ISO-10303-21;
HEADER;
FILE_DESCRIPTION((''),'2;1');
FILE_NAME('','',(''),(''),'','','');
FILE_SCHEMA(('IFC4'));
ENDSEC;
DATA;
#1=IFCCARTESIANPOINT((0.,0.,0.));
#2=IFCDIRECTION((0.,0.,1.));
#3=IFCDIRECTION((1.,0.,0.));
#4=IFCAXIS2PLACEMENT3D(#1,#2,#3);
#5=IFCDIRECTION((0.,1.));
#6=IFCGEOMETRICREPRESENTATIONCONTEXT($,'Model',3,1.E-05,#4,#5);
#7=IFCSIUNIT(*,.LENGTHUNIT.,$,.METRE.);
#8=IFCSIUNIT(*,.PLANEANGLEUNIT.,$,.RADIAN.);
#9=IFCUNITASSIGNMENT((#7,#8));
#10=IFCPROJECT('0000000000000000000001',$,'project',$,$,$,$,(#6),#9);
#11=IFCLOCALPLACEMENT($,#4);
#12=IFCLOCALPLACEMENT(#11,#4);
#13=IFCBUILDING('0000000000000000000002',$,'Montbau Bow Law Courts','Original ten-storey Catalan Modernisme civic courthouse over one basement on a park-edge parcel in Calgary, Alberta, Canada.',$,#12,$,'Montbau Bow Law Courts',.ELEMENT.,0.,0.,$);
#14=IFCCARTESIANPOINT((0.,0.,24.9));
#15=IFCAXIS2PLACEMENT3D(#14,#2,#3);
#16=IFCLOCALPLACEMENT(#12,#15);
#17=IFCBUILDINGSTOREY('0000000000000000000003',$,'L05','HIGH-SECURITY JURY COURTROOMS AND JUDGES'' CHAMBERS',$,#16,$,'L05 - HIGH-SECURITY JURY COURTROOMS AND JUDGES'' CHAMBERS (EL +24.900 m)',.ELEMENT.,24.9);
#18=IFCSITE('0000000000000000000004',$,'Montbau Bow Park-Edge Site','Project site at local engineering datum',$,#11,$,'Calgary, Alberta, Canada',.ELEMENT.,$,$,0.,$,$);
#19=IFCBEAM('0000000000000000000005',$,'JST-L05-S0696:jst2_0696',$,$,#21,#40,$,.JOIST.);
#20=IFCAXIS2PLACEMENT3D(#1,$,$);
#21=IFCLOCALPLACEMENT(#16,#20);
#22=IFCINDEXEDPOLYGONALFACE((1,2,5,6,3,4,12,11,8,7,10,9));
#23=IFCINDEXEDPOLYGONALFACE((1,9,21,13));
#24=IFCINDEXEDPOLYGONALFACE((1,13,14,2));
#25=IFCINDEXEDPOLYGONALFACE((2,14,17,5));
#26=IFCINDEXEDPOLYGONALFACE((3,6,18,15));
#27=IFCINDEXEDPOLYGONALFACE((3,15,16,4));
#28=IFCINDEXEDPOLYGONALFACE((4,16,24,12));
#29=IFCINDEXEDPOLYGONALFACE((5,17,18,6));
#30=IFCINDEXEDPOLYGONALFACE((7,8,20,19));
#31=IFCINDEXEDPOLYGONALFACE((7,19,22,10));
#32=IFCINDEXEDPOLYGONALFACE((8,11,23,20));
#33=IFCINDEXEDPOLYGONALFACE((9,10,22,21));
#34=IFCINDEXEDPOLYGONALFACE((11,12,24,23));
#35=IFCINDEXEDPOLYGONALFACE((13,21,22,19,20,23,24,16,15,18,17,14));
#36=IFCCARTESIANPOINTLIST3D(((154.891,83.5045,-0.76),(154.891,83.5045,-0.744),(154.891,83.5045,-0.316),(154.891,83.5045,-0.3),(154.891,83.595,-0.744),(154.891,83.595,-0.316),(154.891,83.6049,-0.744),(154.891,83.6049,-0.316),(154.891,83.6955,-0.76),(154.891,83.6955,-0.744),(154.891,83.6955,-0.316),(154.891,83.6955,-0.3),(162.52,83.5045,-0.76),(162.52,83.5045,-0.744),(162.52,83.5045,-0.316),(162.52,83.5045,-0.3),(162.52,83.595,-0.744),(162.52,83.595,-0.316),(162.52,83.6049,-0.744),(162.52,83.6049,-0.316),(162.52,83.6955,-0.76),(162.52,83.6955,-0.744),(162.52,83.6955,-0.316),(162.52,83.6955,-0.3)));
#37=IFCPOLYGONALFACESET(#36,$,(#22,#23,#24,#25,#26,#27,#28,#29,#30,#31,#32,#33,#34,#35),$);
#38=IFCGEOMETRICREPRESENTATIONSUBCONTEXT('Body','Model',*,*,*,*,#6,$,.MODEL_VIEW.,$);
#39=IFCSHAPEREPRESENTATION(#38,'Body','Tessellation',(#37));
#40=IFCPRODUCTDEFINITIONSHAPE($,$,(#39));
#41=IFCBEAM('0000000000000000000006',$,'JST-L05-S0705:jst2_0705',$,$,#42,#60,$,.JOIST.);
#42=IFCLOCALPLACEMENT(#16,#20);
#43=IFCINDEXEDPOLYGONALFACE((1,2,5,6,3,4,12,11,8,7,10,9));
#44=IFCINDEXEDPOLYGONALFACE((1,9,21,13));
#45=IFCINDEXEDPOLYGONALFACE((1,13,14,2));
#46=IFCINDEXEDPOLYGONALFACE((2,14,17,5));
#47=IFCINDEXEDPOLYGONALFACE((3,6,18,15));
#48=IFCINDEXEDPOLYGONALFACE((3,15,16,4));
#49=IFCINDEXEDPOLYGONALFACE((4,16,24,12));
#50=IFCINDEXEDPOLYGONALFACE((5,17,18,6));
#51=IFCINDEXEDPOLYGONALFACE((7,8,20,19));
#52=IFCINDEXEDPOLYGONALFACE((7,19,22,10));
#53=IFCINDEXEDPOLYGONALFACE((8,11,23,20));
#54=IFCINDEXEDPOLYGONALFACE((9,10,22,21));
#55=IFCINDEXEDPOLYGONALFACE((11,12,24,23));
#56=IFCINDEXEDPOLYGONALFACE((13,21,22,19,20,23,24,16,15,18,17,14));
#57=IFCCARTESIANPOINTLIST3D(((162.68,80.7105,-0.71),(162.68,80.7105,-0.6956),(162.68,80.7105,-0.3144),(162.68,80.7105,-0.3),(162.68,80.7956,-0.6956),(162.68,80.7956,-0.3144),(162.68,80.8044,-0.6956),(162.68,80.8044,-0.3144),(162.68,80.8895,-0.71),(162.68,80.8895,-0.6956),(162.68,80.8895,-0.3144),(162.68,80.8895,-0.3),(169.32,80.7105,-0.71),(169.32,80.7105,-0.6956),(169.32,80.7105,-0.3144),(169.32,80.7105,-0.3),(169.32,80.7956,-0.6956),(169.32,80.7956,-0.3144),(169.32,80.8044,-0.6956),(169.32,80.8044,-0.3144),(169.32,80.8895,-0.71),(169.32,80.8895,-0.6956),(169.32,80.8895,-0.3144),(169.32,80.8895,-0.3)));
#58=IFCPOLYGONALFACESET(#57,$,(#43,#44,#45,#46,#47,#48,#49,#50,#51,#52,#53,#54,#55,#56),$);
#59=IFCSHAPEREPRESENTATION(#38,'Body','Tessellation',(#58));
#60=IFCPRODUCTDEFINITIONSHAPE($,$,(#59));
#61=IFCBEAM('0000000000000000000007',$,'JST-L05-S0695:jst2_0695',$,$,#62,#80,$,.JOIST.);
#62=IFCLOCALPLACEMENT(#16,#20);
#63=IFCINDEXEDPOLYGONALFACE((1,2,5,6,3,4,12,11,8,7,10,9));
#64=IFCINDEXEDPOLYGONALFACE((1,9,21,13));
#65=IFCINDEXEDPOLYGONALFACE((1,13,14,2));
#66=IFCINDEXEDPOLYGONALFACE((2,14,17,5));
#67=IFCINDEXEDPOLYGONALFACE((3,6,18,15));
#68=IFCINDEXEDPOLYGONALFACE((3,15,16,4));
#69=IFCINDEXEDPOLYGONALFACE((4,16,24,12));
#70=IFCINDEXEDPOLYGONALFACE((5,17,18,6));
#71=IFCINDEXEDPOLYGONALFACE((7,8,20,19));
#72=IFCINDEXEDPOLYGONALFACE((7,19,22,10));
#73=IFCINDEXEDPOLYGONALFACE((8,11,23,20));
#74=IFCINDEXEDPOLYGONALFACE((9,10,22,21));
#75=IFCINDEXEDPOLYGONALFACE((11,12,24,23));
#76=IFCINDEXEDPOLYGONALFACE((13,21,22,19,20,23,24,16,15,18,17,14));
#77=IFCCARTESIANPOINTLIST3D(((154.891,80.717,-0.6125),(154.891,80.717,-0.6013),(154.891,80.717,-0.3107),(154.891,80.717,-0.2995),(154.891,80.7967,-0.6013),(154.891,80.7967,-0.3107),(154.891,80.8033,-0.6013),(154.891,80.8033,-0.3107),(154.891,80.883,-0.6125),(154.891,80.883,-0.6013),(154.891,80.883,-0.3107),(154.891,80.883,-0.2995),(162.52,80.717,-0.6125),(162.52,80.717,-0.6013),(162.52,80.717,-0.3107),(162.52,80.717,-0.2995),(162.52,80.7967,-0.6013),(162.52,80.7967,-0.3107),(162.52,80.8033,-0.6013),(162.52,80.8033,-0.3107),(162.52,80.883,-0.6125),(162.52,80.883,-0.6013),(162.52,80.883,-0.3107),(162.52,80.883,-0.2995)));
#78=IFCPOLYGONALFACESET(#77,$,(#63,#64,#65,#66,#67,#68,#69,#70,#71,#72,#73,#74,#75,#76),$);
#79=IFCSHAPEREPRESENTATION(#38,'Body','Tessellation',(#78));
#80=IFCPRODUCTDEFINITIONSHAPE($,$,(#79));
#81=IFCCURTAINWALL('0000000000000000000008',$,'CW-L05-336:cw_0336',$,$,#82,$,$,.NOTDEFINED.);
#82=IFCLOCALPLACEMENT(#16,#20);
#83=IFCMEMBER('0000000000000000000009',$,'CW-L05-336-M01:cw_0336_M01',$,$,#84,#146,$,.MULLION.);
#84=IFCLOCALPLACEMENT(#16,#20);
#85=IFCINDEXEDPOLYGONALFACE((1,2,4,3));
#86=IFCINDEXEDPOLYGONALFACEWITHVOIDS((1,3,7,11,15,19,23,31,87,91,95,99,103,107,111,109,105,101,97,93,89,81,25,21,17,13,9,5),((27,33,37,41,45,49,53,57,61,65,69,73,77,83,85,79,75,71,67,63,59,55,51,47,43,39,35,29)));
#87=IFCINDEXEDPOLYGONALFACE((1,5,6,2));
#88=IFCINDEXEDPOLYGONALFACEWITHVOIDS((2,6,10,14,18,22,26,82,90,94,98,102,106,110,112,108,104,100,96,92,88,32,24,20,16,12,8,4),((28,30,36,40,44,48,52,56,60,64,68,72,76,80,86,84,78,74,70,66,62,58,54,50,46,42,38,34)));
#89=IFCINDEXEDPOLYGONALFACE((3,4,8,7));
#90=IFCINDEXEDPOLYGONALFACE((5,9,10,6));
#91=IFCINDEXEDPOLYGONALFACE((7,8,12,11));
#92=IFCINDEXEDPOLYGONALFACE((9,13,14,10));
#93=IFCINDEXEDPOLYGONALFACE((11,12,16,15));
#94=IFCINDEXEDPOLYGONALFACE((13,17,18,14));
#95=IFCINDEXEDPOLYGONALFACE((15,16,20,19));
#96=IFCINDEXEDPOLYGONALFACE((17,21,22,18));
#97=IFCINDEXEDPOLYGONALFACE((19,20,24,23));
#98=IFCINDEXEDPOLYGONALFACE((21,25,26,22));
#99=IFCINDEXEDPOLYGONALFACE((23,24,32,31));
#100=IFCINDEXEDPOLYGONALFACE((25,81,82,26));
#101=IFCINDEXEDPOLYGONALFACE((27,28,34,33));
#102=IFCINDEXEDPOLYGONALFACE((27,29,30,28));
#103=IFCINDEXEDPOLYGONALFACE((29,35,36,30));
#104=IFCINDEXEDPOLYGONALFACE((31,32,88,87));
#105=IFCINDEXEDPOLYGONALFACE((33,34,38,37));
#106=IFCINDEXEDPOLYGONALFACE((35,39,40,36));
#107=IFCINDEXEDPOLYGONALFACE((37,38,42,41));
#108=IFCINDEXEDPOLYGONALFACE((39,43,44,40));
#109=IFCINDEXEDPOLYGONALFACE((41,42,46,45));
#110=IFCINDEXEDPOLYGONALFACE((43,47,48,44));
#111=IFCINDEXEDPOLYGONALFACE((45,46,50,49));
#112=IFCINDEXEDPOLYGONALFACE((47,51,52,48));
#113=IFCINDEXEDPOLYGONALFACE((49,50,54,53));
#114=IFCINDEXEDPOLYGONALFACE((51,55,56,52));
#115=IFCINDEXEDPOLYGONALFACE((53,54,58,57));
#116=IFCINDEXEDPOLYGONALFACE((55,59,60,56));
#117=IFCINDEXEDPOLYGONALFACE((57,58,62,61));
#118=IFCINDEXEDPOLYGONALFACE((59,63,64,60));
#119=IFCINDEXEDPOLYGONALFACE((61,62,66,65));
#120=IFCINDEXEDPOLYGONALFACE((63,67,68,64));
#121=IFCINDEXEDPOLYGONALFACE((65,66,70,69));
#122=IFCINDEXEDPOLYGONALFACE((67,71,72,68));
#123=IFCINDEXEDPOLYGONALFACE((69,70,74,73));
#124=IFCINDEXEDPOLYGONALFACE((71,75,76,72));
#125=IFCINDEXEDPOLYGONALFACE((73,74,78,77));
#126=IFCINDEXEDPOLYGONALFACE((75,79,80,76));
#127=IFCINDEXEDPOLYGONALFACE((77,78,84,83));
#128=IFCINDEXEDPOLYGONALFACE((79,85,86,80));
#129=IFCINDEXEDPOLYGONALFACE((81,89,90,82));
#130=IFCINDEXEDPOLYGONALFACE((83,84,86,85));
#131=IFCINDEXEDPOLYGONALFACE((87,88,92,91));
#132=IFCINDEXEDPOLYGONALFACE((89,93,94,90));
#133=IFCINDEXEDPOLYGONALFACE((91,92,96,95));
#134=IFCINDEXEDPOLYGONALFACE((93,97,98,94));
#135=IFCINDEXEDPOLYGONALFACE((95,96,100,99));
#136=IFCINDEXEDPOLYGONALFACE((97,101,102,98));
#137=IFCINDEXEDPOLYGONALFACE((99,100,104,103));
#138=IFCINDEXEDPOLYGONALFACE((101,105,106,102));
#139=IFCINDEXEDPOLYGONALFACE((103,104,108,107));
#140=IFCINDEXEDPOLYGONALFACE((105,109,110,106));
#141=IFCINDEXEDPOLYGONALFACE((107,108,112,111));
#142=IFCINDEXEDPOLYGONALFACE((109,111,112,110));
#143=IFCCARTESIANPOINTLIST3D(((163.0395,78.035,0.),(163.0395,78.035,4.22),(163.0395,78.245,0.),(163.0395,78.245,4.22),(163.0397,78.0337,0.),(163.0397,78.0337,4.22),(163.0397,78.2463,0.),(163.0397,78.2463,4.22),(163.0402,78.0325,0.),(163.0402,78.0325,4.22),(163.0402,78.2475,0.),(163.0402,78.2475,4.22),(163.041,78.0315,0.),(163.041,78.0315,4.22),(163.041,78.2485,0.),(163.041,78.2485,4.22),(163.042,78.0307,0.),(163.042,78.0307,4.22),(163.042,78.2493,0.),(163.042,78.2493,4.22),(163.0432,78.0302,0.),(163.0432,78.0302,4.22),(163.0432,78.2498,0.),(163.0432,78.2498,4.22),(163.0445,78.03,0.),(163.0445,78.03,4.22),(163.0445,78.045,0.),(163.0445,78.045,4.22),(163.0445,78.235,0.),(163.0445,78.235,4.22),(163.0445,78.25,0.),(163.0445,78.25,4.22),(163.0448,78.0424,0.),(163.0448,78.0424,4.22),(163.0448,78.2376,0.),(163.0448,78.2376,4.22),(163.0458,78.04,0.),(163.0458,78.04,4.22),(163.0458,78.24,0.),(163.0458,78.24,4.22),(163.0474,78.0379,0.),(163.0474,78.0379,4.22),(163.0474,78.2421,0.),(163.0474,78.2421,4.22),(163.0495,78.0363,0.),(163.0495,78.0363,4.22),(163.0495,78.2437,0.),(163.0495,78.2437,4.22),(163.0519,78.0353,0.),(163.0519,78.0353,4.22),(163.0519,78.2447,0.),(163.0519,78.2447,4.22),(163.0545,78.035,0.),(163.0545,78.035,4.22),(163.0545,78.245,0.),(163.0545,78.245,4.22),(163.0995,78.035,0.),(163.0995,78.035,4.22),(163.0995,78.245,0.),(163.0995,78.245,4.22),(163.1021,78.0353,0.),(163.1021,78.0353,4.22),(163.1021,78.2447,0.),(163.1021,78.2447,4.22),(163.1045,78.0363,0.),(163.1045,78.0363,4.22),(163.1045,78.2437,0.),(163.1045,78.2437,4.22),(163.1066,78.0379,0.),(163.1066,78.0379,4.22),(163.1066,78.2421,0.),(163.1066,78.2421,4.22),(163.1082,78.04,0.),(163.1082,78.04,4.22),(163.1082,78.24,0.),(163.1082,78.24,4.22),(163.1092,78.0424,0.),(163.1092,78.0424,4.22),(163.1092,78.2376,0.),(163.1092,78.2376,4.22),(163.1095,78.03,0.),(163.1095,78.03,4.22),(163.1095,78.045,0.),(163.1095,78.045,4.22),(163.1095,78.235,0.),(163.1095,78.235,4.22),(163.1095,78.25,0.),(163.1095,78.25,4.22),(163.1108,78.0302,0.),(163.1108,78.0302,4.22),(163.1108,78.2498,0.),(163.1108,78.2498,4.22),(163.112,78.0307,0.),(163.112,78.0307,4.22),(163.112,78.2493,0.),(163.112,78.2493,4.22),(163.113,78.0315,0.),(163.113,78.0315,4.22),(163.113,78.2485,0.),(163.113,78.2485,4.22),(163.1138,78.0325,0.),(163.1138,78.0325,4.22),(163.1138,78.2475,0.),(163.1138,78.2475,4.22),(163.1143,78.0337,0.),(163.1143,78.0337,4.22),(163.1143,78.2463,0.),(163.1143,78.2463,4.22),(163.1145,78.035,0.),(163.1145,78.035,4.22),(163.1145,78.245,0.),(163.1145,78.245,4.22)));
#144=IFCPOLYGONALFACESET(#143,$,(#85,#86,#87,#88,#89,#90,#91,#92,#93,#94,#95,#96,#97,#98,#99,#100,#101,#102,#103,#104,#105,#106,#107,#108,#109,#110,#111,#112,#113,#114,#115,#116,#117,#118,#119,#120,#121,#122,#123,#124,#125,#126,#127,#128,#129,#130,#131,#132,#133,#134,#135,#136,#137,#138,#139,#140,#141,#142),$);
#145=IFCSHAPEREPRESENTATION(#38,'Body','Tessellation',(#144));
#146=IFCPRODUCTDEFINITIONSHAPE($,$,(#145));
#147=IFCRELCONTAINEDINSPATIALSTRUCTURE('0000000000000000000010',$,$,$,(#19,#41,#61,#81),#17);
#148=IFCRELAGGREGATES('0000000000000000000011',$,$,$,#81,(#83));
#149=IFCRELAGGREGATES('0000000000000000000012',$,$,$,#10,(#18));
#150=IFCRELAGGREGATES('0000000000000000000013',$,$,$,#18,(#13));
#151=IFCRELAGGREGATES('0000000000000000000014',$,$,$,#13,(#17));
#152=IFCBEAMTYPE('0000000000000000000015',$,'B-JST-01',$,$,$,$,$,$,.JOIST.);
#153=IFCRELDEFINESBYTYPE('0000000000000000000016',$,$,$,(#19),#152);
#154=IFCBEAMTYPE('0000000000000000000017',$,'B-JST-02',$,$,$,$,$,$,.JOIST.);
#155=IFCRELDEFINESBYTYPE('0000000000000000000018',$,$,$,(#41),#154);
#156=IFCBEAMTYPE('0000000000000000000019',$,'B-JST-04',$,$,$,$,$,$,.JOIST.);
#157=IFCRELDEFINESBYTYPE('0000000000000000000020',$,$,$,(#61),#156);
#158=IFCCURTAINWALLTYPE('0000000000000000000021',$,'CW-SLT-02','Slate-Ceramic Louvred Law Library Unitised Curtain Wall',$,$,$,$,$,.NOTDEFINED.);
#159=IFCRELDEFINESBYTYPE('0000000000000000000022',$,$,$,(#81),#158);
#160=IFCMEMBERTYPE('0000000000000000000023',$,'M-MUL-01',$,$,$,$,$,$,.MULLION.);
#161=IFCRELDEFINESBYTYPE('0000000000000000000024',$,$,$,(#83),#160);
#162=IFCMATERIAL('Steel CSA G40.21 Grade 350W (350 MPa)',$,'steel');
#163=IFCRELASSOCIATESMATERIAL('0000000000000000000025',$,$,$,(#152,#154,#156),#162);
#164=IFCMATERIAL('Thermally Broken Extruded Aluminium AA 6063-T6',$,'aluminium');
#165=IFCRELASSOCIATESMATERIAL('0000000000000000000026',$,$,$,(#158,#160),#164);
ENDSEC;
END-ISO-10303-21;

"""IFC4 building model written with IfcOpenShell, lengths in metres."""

from ifc_helpers import new_model, si_unit, direction, frame, origin_with_axes, origin_2d_with_axis, place, context, subcontext, project, spatial, hollow_rectangle, i_section, extrude, material, material_profile, profile_set, type_object, element, aggregate, save


model = new_model("IFC4")

# Units and contexts
model_context = context("Model", 3, precision=1e-05, world=origin_with_axes(), true_north=direction((0.0, 1.0)))
body_context = subcontext(model_context, "Body", "Model", "MODEL_VIEW")
ifc_project = project(units=[si_unit("LENGTHUNIT", "METRE"), si_unit("PLANEANGLEUNIT", "RADIAN")], contexts=[model_context])

# Site, building, storey
site_placement = place(None, origin_with_axes())
site = spatial("IfcSite", under=ifc_project, at=site_placement, Name="Montbau Bow Park-Edge Site", Description="Project site at local engineering datum", LongName="Calgary, Alberta, Canada", CompositionType="ELEMENT", RefElevation=0.0)
building_placement = place(site_placement, origin_with_axes())
building = spatial("IfcBuilding", under=site, at=building_placement, Name="Montbau Bow Law Courts", Description="Original ten-storey Catalan Modernisme civic courthouse over one basement on a park-edge parcel in Calgary, Alberta, Canada.", LongName="Montbau Bow Law Courts", CompositionType="ELEMENT", ElevationOfRefHeight=0.0, ElevationOfTerrain=0.0)
storey_placement = place(building_placement, frame((0.0, 0.0, 24.9), z_axis=(0.0, 0.0, 1.0), x_axis=(1.0, 0.0, 0.0)))
storey = spatial("IfcBuildingStorey", under=building, at=storey_placement, Name="L05", Description="HIGH-SECURITY JURY COURTROOMS AND JUDGES' CHAMBERS", LongName="L05 - HIGH-SECURITY JURY COURTROOMS AND JUDGES' CHAMBERS (EL +24.900 m)", CompositionType="ELEMENT", Elevation=24.9)

# Beams
ifc_material_1 = material(Name="Steel CSA G40.21 Grade 350W (350 MPa)", Category="steel")
ifc_material_profile_1 = material_profile(ifc_material_1, i_section(OverallWidth=0.191, OverallDepth=0.46, WebThickness=0.0099, FlangeThickness=0.016, at=origin_2d_with_axis()), Name="W460X82", Category="Main", Priority=0)
ifc_profile_set_1 = profile_set([ifc_material_profile_1], Name="Steel CSA G40.21 Grade 350W (350 MPa)")
beam_type_1 = type_object("IfcBeamType", Name="B-JST-01", PredefinedType="JOIST", material=ifc_profile_set_1)
beam_1_placement = place(None, frame((154.891, 83.6, 24.37), z_axis=(1.0, 0.0, 0.0), x_axis=(0.0, 1.0, 0.0)))
element("IfcBeam", 1, at=beam_1_placement, inside=storey, type_object=beam_type_1, Name="JST-L05-S0696:jst2_0696", PredefinedType="JOIST", context=body_context, shape_type="SweptSolid", body=[
    extrude(i_section(OverallWidth=0.191, OverallDepth=0.46, WebThickness=0.0099, FlangeThickness=0.016, at=origin_2d_with_axis()), origin_with_axes(), (0.0, 0.0, 1.0), 7.629),
])
ifc_material_profile_2 = material_profile(ifc_material_1, i_section(OverallWidth=0.179, OverallDepth=0.41, WebThickness=0.0088, FlangeThickness=0.0144, at=origin_2d_with_axis()), Name="W410X67", Category="Main", Priority=0)
ifc_profile_set_2 = profile_set([ifc_material_profile_2], Name="Steel CSA G40.21 Grade 350W (350 MPa)")
beam_type_2 = type_object("IfcBeamType", Name="B-JST-02", PredefinedType="JOIST", material=ifc_profile_set_2)
beam_2_placement = place(None, frame((162.68, 80.8, 24.395), z_axis=(1.0, 0.0, 0.0), x_axis=(0.0, 1.0, 0.0)))
element("IfcBeam", 2, at=beam_2_placement, inside=storey, type_object=beam_type_2, Name="JST-L05-S0705:jst2_0705", PredefinedType="JOIST", context=body_context, shape_type="SweptSolid", body=[
    extrude(i_section(OverallWidth=0.179, OverallDepth=0.41, WebThickness=0.0088, FlangeThickness=0.0144, at=origin_2d_with_axis()), origin_with_axes(), (0.0, 0.0, 1.0), 6.64),
])
ifc_material_profile_3 = material_profile(ifc_material_1, i_section(OverallWidth=0.166, OverallDepth=0.313, WebThickness=0.0066, FlangeThickness=0.0112, at=origin_2d_with_axis()), Name="W310X45", Category="Main", Priority=0)
ifc_profile_set_3 = profile_set([ifc_material_profile_3], Name="Steel CSA G40.21 Grade 350W (350 MPa)")
beam_type_3 = type_object("IfcBeamType", Name="B-JST-04", PredefinedType="JOIST", material=ifc_profile_set_3)
beam_3_placement = place(None, frame((154.891, 80.8, 24.444), z_axis=(1.0, 0.0, 0.0), x_axis=(0.0, 1.0, 0.0)))
element("IfcBeam", 3, at=beam_3_placement, inside=storey, type_object=beam_type_3, Name="JST-L05-S0695:jst2_0695", PredefinedType="JOIST", context=body_context, shape_type="SweptSolid", body=[
    extrude(i_section(OverallWidth=0.166, OverallDepth=0.313, WebThickness=0.0066, FlangeThickness=0.0112, at=origin_2d_with_axis()), origin_with_axes(), (0.0, 0.0, 1.0), 7.629),
])

# Curtain wall, member
ifc_material_2 = material(Name="Thermally Broken Extruded Aluminium AA 6063-T6", Category="aluminium")
curtain_wall_type = type_object("IfcCurtainWallType", Name="CW-SLT-02", Description="Slate-Ceramic Louvred Law Library Unitised Curtain Wall", PredefinedType="NOTDEFINED", material=ifc_material_2)
curtain_wall_1_placement = place(None, frame((163.04, 78.14, 24.9), z_axis=(0.0, 0.0, 1.0), x_axis=(1.0, 0.0, 0.0)))
curtain_wall_1 = element("IfcCurtainWall", 4, at=curtain_wall_1_placement, inside=storey, type_object=curtain_wall_type, Name="CW-L05-336:cw_0336", PredefinedType="NOTDEFINED")
ifc_material_profile_4 = material_profile(ifc_material_2, hollow_rectangle(XDim=0.075, YDim=0.22, WallThickness=0.005, InnerFilletRadius=0.01, OuterFilletRadius=0.005, at=origin_2d_with_axis()), Name="CWM-220X75", Category="Main", Priority=0)
ifc_profile_set_4 = profile_set([ifc_material_profile_4], Name="Thermally Broken Extruded Aluminium AA 6063-T6")
member_type_1 = type_object("IfcMemberType", Name="M-MUL-01", PredefinedType="MULLION", material=ifc_profile_set_4)
member_1_placement = place(None, frame((163.077, 78.14, 24.9), z_axis=(0.0, 0.0, 1.0), x_axis=(1.0, 0.0, 0.0)))
member_1 = element("IfcMember", 5, at=member_1_placement, type_object=member_type_1, Name="CW-L05-336-M01:cw_0336_M01", PredefinedType="MULLION", context=body_context, shape_type="SweptSolid", body=[
    extrude(hollow_rectangle(XDim=0.075, YDim=0.22, WallThickness=0.005, InnerFilletRadius=0.01, OuterFilletRadius=0.005, at=origin_2d_with_axis()), origin_with_axes(), (0.0, 0.0, 1.0), 4.22),
])

aggregate(curtain_wall_1, [member_1])

save(model, "model.ifc")
